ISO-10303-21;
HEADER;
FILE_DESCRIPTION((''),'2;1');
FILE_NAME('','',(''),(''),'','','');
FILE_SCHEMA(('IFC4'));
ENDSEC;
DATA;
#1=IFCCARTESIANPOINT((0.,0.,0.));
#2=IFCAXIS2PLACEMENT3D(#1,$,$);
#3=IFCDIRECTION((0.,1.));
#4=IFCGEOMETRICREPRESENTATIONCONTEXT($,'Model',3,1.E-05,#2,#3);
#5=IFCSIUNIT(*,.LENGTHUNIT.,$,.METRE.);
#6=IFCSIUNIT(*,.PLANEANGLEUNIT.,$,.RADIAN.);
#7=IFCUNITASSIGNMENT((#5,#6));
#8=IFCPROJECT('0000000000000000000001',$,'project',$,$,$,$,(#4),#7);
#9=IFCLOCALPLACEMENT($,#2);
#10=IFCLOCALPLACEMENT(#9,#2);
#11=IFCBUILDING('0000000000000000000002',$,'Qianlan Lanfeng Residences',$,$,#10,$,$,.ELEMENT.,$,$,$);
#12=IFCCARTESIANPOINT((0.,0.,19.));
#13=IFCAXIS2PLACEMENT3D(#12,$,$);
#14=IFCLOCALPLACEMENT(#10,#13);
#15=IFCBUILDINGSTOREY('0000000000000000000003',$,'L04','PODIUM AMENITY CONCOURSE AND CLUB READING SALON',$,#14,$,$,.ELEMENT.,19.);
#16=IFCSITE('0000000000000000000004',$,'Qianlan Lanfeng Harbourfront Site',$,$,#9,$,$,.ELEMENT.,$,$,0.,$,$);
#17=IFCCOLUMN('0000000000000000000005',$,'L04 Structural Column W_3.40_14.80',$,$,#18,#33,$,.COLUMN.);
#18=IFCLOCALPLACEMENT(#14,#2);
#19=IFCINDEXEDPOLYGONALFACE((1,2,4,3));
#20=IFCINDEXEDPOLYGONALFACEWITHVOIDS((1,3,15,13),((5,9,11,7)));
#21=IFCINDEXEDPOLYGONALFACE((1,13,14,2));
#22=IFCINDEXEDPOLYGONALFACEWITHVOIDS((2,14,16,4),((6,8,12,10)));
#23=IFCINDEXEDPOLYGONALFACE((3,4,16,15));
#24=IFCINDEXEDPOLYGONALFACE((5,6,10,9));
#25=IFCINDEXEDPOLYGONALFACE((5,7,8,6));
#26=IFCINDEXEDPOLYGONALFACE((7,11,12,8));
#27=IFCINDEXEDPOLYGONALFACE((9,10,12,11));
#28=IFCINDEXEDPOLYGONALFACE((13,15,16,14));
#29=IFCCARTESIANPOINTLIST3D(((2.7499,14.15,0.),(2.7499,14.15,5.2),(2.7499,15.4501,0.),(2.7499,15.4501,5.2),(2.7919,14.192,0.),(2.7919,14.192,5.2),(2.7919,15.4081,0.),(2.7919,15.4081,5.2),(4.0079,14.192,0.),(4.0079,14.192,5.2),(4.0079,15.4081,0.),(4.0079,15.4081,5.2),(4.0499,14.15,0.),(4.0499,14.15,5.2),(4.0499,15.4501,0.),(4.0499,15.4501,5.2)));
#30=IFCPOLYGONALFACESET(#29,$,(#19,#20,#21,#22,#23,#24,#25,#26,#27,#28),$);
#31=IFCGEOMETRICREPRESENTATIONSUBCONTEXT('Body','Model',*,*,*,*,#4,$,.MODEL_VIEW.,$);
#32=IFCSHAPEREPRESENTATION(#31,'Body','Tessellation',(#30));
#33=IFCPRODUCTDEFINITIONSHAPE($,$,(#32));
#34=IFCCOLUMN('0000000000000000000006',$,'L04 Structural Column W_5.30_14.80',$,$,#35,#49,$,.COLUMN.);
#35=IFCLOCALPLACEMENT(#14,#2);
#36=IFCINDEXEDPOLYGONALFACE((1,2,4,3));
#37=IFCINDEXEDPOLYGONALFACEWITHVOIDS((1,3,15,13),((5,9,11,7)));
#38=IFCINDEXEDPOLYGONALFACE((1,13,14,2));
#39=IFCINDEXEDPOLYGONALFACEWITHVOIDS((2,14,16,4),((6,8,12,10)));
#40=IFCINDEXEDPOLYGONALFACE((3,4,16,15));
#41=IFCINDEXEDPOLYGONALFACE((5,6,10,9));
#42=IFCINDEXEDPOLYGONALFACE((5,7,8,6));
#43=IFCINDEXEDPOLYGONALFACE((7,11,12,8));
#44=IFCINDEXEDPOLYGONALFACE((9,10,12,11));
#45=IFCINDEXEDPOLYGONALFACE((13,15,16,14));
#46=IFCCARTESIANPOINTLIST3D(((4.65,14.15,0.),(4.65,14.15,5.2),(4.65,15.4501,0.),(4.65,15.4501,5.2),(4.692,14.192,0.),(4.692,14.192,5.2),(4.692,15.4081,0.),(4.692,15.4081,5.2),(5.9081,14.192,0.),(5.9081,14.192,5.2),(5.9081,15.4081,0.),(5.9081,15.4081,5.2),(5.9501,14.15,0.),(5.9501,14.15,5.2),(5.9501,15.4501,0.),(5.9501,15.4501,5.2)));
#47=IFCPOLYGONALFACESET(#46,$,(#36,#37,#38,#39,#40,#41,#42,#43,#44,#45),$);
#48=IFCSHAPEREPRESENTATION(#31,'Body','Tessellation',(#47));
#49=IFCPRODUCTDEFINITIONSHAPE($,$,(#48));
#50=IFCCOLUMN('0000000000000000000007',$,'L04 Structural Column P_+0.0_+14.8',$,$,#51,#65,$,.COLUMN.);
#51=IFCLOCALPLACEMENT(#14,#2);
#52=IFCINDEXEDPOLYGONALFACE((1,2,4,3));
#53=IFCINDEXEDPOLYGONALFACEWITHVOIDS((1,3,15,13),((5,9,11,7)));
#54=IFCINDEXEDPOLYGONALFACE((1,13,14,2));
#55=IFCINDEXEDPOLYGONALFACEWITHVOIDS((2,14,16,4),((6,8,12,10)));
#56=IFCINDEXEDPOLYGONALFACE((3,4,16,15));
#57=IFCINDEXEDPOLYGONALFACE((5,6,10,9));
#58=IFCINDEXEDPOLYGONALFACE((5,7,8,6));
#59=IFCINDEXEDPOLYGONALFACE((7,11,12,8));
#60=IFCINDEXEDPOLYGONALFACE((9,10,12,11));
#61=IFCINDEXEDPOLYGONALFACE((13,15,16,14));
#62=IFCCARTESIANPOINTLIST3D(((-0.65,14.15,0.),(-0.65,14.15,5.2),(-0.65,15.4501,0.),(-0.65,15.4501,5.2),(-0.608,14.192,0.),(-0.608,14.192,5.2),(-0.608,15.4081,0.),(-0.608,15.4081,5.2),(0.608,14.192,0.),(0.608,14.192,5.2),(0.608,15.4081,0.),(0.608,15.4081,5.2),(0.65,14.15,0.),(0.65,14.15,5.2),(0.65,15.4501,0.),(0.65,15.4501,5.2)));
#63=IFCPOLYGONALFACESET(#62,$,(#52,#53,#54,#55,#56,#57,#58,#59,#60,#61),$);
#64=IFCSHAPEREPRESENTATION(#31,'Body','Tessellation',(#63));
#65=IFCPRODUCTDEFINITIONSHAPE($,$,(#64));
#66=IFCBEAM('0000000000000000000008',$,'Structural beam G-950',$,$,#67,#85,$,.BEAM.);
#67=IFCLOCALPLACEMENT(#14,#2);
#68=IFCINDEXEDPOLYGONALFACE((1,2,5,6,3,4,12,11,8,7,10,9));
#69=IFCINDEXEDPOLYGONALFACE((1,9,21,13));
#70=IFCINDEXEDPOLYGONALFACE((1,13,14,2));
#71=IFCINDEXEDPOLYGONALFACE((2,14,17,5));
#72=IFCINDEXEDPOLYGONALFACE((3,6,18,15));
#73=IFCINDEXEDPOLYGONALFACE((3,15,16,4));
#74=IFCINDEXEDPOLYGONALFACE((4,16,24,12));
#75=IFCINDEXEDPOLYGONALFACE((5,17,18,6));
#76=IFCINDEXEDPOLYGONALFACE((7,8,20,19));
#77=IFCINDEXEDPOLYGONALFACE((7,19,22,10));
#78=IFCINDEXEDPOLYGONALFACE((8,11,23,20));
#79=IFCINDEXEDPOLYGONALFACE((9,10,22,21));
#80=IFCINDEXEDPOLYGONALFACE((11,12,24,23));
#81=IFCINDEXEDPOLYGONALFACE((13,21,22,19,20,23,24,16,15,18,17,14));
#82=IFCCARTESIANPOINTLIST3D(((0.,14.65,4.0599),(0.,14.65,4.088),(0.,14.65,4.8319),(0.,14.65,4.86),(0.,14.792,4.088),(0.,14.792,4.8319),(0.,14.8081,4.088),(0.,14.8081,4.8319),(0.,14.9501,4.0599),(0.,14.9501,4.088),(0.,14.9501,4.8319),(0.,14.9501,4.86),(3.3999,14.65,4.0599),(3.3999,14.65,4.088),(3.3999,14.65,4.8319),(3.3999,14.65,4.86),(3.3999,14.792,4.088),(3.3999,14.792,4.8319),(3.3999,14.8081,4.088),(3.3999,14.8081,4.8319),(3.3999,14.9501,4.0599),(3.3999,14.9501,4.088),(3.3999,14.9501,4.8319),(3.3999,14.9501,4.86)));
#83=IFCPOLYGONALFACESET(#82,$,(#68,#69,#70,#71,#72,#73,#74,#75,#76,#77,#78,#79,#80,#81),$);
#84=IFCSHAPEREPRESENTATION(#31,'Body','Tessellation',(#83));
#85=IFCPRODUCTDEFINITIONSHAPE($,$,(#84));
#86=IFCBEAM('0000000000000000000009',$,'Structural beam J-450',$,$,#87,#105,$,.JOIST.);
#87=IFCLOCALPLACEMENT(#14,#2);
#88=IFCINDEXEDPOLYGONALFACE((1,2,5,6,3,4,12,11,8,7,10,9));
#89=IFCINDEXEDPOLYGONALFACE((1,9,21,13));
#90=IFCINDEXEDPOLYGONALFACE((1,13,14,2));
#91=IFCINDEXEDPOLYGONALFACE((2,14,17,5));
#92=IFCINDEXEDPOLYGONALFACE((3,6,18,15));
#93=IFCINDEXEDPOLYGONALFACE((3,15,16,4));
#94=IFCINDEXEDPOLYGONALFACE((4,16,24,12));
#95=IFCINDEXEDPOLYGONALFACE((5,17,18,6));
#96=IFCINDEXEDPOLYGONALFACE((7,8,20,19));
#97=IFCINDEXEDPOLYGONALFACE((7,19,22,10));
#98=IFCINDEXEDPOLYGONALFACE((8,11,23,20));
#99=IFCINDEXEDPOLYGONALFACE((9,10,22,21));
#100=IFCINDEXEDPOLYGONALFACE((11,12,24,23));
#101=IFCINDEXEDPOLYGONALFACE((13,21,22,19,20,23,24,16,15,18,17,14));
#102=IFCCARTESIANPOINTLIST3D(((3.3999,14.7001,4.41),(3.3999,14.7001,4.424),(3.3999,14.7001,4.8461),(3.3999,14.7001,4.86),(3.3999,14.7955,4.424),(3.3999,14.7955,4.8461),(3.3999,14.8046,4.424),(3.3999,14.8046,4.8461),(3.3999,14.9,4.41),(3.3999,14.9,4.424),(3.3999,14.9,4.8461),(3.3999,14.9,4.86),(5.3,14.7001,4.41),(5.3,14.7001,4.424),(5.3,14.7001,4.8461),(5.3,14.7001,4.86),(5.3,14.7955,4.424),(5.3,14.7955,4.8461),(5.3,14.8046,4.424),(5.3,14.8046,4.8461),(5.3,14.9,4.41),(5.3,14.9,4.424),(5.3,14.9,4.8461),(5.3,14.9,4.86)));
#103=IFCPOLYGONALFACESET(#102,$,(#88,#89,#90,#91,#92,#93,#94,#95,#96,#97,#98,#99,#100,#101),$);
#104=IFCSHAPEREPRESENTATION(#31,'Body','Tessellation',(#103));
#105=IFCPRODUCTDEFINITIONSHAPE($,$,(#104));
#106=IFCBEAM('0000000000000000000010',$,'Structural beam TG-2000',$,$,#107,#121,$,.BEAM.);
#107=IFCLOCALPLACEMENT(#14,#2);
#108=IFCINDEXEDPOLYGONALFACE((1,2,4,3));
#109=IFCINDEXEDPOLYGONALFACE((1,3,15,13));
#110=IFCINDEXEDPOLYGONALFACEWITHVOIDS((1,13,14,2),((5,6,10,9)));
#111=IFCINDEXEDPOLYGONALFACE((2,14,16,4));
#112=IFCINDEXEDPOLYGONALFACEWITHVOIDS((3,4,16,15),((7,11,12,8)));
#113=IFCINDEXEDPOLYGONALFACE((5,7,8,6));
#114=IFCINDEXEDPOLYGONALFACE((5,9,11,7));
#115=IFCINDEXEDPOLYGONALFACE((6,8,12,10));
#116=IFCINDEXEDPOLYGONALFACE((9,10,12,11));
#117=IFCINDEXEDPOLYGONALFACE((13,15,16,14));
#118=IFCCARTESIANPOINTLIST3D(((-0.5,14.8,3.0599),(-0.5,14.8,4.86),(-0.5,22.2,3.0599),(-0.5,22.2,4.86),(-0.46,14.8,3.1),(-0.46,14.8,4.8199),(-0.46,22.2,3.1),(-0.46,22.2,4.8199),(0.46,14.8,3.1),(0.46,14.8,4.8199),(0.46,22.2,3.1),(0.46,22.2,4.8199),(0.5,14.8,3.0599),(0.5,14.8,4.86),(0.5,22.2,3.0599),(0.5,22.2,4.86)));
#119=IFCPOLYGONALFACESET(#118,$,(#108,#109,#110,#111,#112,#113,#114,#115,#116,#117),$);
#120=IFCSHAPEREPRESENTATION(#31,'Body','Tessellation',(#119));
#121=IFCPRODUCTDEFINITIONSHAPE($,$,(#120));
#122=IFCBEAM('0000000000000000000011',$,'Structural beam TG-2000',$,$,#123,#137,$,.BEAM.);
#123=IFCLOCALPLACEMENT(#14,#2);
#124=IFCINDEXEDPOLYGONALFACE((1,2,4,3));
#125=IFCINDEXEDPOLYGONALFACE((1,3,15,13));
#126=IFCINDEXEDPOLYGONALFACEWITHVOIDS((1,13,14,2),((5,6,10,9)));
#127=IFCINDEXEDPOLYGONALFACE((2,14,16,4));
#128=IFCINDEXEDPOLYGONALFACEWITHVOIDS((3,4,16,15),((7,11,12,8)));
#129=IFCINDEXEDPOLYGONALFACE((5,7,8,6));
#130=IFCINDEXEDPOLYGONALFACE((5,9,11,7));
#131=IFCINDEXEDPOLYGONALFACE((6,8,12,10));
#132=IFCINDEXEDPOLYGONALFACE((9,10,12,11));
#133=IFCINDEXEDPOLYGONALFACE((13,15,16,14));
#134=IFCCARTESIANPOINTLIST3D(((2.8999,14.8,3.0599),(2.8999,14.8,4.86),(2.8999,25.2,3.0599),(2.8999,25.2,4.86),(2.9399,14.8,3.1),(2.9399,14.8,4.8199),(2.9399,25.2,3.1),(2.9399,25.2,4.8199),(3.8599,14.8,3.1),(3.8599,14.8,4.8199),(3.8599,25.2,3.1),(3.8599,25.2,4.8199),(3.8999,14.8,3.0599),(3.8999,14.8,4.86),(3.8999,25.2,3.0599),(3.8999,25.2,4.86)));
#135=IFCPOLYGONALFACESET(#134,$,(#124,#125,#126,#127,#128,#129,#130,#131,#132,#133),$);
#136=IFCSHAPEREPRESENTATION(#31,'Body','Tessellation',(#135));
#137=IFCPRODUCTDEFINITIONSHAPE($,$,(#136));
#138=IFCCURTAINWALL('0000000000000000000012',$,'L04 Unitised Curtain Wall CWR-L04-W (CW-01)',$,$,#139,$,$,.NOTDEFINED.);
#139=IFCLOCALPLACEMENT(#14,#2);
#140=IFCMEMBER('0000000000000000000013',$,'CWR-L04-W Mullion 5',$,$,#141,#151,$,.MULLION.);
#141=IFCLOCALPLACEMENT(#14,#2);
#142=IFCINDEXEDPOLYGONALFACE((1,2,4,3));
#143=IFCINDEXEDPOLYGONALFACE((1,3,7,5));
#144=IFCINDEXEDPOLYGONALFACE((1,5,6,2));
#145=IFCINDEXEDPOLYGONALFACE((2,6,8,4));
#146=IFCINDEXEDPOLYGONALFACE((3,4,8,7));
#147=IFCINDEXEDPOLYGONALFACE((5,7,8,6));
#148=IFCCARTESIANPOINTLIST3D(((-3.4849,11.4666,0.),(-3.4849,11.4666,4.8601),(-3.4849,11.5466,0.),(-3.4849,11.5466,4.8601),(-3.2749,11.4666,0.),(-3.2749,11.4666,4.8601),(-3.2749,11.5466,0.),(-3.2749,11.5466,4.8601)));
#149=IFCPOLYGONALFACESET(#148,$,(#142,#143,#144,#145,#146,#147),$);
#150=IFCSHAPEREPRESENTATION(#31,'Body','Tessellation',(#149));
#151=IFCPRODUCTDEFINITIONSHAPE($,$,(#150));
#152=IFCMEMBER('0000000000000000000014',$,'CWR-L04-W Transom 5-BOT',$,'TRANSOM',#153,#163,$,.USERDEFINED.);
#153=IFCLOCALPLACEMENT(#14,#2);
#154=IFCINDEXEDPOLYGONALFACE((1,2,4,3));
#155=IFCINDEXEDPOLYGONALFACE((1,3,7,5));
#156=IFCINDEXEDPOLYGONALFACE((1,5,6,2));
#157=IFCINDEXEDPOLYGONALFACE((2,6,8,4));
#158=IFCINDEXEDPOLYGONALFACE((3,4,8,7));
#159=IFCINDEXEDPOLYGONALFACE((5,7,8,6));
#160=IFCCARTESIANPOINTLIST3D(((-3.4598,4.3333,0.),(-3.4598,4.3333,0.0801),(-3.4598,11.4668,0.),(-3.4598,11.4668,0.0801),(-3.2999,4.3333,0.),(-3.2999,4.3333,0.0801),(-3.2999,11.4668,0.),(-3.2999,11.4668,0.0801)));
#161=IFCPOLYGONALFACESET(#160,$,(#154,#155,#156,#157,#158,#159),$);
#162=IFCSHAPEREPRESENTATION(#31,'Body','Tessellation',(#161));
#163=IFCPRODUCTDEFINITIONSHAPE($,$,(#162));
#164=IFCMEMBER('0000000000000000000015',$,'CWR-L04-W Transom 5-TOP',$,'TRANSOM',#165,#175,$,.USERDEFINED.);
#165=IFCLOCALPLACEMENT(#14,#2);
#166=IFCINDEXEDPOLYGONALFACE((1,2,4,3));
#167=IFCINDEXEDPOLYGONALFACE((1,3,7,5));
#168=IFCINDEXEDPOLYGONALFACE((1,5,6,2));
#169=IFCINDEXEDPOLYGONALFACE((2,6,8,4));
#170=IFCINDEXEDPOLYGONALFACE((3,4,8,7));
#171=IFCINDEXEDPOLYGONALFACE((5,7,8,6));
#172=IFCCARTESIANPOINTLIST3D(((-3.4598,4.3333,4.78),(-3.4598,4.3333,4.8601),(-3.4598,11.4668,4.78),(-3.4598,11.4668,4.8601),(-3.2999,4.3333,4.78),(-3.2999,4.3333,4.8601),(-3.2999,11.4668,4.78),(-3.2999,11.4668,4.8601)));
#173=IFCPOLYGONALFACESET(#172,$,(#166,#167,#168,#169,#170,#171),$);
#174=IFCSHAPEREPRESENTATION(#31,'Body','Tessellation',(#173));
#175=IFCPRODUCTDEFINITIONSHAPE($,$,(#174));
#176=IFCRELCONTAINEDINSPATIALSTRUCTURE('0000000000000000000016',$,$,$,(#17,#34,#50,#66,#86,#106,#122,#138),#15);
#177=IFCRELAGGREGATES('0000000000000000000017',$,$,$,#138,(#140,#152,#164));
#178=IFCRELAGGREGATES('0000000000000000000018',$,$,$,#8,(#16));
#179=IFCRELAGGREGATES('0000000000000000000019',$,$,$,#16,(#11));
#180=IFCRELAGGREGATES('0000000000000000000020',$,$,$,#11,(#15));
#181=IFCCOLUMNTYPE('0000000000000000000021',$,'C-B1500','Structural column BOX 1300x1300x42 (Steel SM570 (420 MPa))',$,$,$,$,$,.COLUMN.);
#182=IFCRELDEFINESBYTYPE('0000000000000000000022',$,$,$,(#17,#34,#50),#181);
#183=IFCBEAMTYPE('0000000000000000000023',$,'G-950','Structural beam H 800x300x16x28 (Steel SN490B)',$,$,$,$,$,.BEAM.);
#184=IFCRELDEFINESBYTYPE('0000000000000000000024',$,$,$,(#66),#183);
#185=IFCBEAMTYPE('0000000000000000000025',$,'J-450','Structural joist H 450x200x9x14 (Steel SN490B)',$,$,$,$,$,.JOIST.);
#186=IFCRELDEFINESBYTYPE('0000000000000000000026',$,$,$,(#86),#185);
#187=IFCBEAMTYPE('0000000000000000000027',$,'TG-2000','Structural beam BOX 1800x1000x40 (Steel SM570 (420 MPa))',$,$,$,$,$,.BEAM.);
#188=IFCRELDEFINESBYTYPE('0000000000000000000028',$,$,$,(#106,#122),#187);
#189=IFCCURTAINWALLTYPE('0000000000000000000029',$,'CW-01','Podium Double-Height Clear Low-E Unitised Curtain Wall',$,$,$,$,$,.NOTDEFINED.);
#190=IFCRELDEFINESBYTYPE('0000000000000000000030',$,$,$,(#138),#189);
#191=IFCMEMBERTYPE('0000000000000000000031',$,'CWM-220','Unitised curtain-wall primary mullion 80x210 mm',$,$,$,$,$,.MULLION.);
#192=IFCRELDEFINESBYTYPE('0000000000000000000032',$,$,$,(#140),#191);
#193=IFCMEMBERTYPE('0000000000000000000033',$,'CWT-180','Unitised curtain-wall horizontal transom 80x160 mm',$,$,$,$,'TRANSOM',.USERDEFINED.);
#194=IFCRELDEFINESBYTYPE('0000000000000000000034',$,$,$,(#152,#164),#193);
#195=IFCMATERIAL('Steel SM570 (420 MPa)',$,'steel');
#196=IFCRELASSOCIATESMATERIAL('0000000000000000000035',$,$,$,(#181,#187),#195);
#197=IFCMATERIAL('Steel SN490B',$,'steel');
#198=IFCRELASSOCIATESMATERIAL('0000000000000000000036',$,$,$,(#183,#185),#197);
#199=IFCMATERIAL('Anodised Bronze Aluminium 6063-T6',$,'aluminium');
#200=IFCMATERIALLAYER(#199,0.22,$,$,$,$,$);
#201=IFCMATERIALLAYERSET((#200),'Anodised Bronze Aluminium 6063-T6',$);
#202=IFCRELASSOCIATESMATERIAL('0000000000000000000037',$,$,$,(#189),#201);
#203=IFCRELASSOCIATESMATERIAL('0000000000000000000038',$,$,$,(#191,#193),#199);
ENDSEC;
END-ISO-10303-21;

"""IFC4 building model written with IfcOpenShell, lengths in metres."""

from ifc_helpers import new_model, si_unit, direction, frame, origin, origin_2d, place, context, subcontext, project, spatial, rectangle, hollow_rectangle, i_section, extrude, source, transform, mapped, material, layer, layer_set, material_profile, profile_set, type_object, element, aggregate, save


model = new_model("IFC4")

# Units and contexts
model_context = context("Model", 3, precision=1e-05, world=origin(), true_north=direction((0.0, 1.0)))
body_context = subcontext(model_context, "Body", "Model", "MODEL_VIEW")
ifc_project = project(units=[si_unit("LENGTHUNIT", "METRE"), si_unit("PLANEANGLEUNIT", "RADIAN")], contexts=[model_context])

# Site, building, storey
site_placement = place(None, origin())
site = spatial("IfcSite", under=ifc_project, at=site_placement, Name="Qianlan Lanfeng Harbourfront Site", CompositionType="ELEMENT", RefElevation=0.0)
building_placement = place(site_placement, origin())
building = spatial("IfcBuilding", under=site, at=building_placement, Name="Qianlan Lanfeng Residences", CompositionType="ELEMENT")
storey_placement = place(building_placement, frame((0.0, 0.0, 19.0)))
storey = spatial("IfcBuildingStorey", under=building, at=storey_placement, Name="L04", Description="PODIUM AMENITY CONCOURSE AND CLUB READING SALON", CompositionType="ELEMENT", Elevation=19.0)

# Columns
ifc_material_1 = material(Name="Steel SM570 (420 MPa)", Category="steel")
ifc_material_profile_1 = material_profile(ifc_material_1, hollow_rectangle(XDim=1.3, YDim=1.3, WallThickness=0.042, at=origin_2d()), Name="BOX 1300x1300x42")
ifc_profile_set_1 = profile_set([ifc_material_profile_1], Name="Steel SM570 (420 MPa)")
column_type = type_object("IfcColumnType", Name="C-B1500", Description="Structural column BOX 1300x1300x42 (Steel SM570 (420 MPa))", PredefinedType="COLUMN", material=ifc_profile_set_1)
for number, where, z_axis, x_axis, name in (
    (1, (3.3999, 14.8, 0.0), (0.0, 0.0, 1.0), (1.0, 0.0, 0.0), "L04 Structural Column W_3.40_14.80"),
    (2, (5.3, 14.8, 0.0), (0.0, 0.0, 1.0), (1.0, 0.0, 0.0), "L04 Structural Column W_5.30_14.80"),
    (3, (0.0, 14.8, 0.0), (0.0, 0.0, 1.0), (1.0, 0.0, 0.0), "L04 Structural Column P_+0.0_+14.8"),
):
    element("IfcColumn", number, at=place(storey_placement, frame(where, z_axis=z_axis, x_axis=x_axis)), inside=storey, type_object=column_type, Name=name, PredefinedType="COLUMN", context=body_context, shape_type="SweptSolid", body=[
        extrude(hollow_rectangle(XDim=1.3, YDim=1.3, WallThickness=0.042, at=origin_2d()), origin(), (0.0, 0.0, 1.0), 5.2),
    ])

# Beams
ifc_material_2 = material(Name="Steel SN490B", Category="steel")
ifc_material_profile_2 = material_profile(ifc_material_2, i_section(OverallWidth=0.3, OverallDepth=0.8, WebThickness=0.0161, FlangeThickness=0.0281, at=origin_2d()), Name="H 800x300x16x28")
ifc_profile_set_2 = profile_set([ifc_material_profile_2], Name="Steel SN490B")
beam_type_1 = type_object("IfcBeamType", Name="G-950", Description="Structural beam H 800x300x16x28 (Steel SN490B)", PredefinedType="BEAM", material=ifc_profile_set_2)
beam_1_placement = place(storey_placement, frame((0.0, 14.8, 4.46), z_axis=(1.0, 0.0, 0.0), x_axis=(0.0, 1.0, 0.0)))
element("IfcBeam", 4, at=beam_1_placement, inside=storey, type_object=beam_type_1, Name="Structural beam G-950", PredefinedType="BEAM", context=body_context, shape_type="SweptSolid", body=[
    extrude(i_section(OverallWidth=0.3, OverallDepth=0.8, WebThickness=0.0161, FlangeThickness=0.0281, at=origin_2d()), origin(), (0.0, 0.0, 1.0), 3.3999),
])
ifc_material_profile_3 = material_profile(ifc_material_2, i_section(OverallWidth=0.2, OverallDepth=0.45, WebThickness=0.009, FlangeThickness=0.0139, at=origin_2d()), Name="H 450x200x9x14")
ifc_profile_set_3 = profile_set([ifc_material_profile_3], Name="Steel SN490B")
beam_type_2 = type_object("IfcBeamType", Name="J-450", Description="Structural joist H 450x200x9x14 (Steel SN490B)", PredefinedType="JOIST", material=ifc_profile_set_3)
beam_2_placement = place(storey_placement, frame((3.3999, 14.8, 4.635), z_axis=(1.0, 0.0, 0.0), x_axis=(0.0, 1.0, 0.0)))
element("IfcBeam", 5, at=beam_2_placement, inside=storey, type_object=beam_type_2, Name="Structural beam J-450", PredefinedType="JOIST", context=body_context, shape_type="SweptSolid", body=[
    extrude(i_section(OverallWidth=0.2, OverallDepth=0.45, WebThickness=0.009, FlangeThickness=0.0139, at=origin_2d()), origin(), (0.0, 0.0, 1.0), 1.9001),
])
ifc_material_profile_4 = material_profile(ifc_material_1, hollow_rectangle(XDim=1.0, YDim=1.8, WallThickness=0.04, at=origin_2d()), Name="BOX 1800x1000x40")
ifc_profile_set_4 = profile_set([ifc_material_profile_4], Name="Steel SM570 (420 MPa)")
beam_type_3 = type_object("IfcBeamType", Name="TG-2000", Description="Structural beam BOX 1800x1000x40 (Steel SM570 (420 MPa))", PredefinedType="BEAM", material=ifc_profile_set_4)
beam_3_placement = place(storey_placement, frame((0.0, 14.8, 3.96), z_axis=(0.0, 1.0, 0.0), x_axis=(-1.0, 0.0, 0.0)))
element("IfcBeam", 6, at=beam_3_placement, inside=storey, type_object=beam_type_3, Name="Structural beam TG-2000", PredefinedType="BEAM", context=body_context, shape_type="SweptSolid", body=[
    extrude(hollow_rectangle(XDim=1.0, YDim=1.8, WallThickness=0.04, at=origin_2d()), origin(), (0.0, 0.0, 1.0), 7.3999),
])
beam_4_placement = place(storey_placement, frame((3.3999, 14.8, 3.96), z_axis=(0.0, 1.0, 0.0), x_axis=(-1.0, 0.0, 0.0)))
element("IfcBeam", 7, at=beam_4_placement, inside=storey, type_object=beam_type_3, Name="Structural beam TG-2000", PredefinedType="BEAM", context=body_context, shape_type="SweptSolid", body=[
    extrude(hollow_rectangle(XDim=1.0, YDim=1.8, WallThickness=0.04, at=origin_2d()), origin(), (0.0, 0.0, 1.0), 10.3999),
])

# Curtain wall, members
ifc_material_3 = material(Name="Anodised Bronze Aluminium 6063-T6", Category="aluminium")
ifc_layer_1 = layer(ifc_material_3, 0.22)
ifc_layer_set_1 = layer_set([ifc_layer_1], Name="Anodised Bronze Aluminium 6063-T6")
curtain_wall_type = type_object("IfcCurtainWallType", Name="CW-01", Description="Podium Double-Height Clear Low-E Unitised Curtain Wall", PredefinedType="NOTDEFINED", material=ifc_layer_set_1)
curtain_wall_placement = place(storey_placement, origin())
curtain_wall = element("IfcCurtainWall", 8, at=curtain_wall_placement, inside=storey, type_object=curtain_wall_type, Name="L04 Unitised Curtain Wall CWR-L04-W (CW-01)", PredefinedType="NOTDEFINED")
ifc_material_profile_5 = material_profile(ifc_material_3, rectangle(XDim=0.0801, YDim=0.21, at=origin_2d()), Name="ALU MULLION 80x210")
ifc_profile_set_5 = profile_set([ifc_material_profile_5], Name="Anodised Bronze Aluminium 6063-T6")
member_type_1 = type_object("IfcMemberType", Name="CWM-220", Description="Unitised curtain-wall primary mullion 80x210 mm", PredefinedType="MULLION", material=ifc_profile_set_5)
shared_shape_1 = source(origin(), body_context, "Body", "SweptSolid", [
    extrude(rectangle(XDim=0.0801, YDim=0.21, at=origin_2d()), origin(), (0.0, 0.0, 1.0), 4.8601),
])
member_1_placement = place(storey_placement, frame((-3.3799, 11.5066, 0.0), z_axis=(0.0, 0.0, 1.0), x_axis=(0.0, -1.0, 0.0)))
member_1 = element("IfcMember", 9, at=member_1_placement, type_object=member_type_1, Name="CWR-L04-W Mullion 5", PredefinedType="MULLION", context=body_context, shape_type="MappedRepresentation", body=[
    mapped(shared_shape_1, transform((0.0, 0.0, 0.0), scale=1.0)),
])
ifc_material_profile_6 = material_profile(ifc_material_3, rectangle(XDim=0.0801, YDim=0.1599, at=origin_2d()), Name="ALU TRANSOM 80x160")
ifc_profile_set_6 = profile_set([ifc_material_profile_6], Name="Anodised Bronze Aluminium 6063-T6")
member_type_2 = type_object("IfcMemberType", Name="CWT-180", Description="Unitised curtain-wall horizontal transom 80x160 mm", ElementType="TRANSOM", PredefinedType="USERDEFINED", material=ifc_profile_set_6)
shared_shape_2 = source(origin(), body_context, "Body", "SweptSolid", [
    extrude(rectangle(XDim=0.0801, YDim=0.1599, at=origin_2d()), origin(), (0.0, 0.0, 1.0), 7.1335),
])
member_2_placement = place(storey_placement, frame((-3.3799, 11.4668, 0.04), z_axis=(0.0, -1.0, 0.0), x_axis=(0.0, 0.0, 1.0)))
member_2 = element("IfcMember", 10, at=member_2_placement, type_object=member_type_2, Name="CWR-L04-W Transom 5-BOT", ObjectType="TRANSOM", PredefinedType="USERDEFINED", context=body_context, shape_type="MappedRepresentation", body=[
    mapped(shared_shape_2, transform((0.0, 0.0, 0.0), scale=1.0)),
])
member_3_placement = place(storey_placement, frame((-3.3799, 11.4668, 4.8201), z_axis=(0.0, -1.0, 0.0), x_axis=(0.0, 0.0, 1.0)))
member_3 = element("IfcMember", 11, at=member_3_placement, type_object=member_type_2, Name="CWR-L04-W Transom 5-TOP", ObjectType="TRANSOM", PredefinedType="USERDEFINED", context=body_context, shape_type="MappedRepresentation", body=[
    mapped(shared_shape_2, transform((0.0, 0.0, 0.0), scale=1.0)),
])
aggregate(curtain_wall, [member_1, member_2, member_3])

save(model, "model.ifc")
